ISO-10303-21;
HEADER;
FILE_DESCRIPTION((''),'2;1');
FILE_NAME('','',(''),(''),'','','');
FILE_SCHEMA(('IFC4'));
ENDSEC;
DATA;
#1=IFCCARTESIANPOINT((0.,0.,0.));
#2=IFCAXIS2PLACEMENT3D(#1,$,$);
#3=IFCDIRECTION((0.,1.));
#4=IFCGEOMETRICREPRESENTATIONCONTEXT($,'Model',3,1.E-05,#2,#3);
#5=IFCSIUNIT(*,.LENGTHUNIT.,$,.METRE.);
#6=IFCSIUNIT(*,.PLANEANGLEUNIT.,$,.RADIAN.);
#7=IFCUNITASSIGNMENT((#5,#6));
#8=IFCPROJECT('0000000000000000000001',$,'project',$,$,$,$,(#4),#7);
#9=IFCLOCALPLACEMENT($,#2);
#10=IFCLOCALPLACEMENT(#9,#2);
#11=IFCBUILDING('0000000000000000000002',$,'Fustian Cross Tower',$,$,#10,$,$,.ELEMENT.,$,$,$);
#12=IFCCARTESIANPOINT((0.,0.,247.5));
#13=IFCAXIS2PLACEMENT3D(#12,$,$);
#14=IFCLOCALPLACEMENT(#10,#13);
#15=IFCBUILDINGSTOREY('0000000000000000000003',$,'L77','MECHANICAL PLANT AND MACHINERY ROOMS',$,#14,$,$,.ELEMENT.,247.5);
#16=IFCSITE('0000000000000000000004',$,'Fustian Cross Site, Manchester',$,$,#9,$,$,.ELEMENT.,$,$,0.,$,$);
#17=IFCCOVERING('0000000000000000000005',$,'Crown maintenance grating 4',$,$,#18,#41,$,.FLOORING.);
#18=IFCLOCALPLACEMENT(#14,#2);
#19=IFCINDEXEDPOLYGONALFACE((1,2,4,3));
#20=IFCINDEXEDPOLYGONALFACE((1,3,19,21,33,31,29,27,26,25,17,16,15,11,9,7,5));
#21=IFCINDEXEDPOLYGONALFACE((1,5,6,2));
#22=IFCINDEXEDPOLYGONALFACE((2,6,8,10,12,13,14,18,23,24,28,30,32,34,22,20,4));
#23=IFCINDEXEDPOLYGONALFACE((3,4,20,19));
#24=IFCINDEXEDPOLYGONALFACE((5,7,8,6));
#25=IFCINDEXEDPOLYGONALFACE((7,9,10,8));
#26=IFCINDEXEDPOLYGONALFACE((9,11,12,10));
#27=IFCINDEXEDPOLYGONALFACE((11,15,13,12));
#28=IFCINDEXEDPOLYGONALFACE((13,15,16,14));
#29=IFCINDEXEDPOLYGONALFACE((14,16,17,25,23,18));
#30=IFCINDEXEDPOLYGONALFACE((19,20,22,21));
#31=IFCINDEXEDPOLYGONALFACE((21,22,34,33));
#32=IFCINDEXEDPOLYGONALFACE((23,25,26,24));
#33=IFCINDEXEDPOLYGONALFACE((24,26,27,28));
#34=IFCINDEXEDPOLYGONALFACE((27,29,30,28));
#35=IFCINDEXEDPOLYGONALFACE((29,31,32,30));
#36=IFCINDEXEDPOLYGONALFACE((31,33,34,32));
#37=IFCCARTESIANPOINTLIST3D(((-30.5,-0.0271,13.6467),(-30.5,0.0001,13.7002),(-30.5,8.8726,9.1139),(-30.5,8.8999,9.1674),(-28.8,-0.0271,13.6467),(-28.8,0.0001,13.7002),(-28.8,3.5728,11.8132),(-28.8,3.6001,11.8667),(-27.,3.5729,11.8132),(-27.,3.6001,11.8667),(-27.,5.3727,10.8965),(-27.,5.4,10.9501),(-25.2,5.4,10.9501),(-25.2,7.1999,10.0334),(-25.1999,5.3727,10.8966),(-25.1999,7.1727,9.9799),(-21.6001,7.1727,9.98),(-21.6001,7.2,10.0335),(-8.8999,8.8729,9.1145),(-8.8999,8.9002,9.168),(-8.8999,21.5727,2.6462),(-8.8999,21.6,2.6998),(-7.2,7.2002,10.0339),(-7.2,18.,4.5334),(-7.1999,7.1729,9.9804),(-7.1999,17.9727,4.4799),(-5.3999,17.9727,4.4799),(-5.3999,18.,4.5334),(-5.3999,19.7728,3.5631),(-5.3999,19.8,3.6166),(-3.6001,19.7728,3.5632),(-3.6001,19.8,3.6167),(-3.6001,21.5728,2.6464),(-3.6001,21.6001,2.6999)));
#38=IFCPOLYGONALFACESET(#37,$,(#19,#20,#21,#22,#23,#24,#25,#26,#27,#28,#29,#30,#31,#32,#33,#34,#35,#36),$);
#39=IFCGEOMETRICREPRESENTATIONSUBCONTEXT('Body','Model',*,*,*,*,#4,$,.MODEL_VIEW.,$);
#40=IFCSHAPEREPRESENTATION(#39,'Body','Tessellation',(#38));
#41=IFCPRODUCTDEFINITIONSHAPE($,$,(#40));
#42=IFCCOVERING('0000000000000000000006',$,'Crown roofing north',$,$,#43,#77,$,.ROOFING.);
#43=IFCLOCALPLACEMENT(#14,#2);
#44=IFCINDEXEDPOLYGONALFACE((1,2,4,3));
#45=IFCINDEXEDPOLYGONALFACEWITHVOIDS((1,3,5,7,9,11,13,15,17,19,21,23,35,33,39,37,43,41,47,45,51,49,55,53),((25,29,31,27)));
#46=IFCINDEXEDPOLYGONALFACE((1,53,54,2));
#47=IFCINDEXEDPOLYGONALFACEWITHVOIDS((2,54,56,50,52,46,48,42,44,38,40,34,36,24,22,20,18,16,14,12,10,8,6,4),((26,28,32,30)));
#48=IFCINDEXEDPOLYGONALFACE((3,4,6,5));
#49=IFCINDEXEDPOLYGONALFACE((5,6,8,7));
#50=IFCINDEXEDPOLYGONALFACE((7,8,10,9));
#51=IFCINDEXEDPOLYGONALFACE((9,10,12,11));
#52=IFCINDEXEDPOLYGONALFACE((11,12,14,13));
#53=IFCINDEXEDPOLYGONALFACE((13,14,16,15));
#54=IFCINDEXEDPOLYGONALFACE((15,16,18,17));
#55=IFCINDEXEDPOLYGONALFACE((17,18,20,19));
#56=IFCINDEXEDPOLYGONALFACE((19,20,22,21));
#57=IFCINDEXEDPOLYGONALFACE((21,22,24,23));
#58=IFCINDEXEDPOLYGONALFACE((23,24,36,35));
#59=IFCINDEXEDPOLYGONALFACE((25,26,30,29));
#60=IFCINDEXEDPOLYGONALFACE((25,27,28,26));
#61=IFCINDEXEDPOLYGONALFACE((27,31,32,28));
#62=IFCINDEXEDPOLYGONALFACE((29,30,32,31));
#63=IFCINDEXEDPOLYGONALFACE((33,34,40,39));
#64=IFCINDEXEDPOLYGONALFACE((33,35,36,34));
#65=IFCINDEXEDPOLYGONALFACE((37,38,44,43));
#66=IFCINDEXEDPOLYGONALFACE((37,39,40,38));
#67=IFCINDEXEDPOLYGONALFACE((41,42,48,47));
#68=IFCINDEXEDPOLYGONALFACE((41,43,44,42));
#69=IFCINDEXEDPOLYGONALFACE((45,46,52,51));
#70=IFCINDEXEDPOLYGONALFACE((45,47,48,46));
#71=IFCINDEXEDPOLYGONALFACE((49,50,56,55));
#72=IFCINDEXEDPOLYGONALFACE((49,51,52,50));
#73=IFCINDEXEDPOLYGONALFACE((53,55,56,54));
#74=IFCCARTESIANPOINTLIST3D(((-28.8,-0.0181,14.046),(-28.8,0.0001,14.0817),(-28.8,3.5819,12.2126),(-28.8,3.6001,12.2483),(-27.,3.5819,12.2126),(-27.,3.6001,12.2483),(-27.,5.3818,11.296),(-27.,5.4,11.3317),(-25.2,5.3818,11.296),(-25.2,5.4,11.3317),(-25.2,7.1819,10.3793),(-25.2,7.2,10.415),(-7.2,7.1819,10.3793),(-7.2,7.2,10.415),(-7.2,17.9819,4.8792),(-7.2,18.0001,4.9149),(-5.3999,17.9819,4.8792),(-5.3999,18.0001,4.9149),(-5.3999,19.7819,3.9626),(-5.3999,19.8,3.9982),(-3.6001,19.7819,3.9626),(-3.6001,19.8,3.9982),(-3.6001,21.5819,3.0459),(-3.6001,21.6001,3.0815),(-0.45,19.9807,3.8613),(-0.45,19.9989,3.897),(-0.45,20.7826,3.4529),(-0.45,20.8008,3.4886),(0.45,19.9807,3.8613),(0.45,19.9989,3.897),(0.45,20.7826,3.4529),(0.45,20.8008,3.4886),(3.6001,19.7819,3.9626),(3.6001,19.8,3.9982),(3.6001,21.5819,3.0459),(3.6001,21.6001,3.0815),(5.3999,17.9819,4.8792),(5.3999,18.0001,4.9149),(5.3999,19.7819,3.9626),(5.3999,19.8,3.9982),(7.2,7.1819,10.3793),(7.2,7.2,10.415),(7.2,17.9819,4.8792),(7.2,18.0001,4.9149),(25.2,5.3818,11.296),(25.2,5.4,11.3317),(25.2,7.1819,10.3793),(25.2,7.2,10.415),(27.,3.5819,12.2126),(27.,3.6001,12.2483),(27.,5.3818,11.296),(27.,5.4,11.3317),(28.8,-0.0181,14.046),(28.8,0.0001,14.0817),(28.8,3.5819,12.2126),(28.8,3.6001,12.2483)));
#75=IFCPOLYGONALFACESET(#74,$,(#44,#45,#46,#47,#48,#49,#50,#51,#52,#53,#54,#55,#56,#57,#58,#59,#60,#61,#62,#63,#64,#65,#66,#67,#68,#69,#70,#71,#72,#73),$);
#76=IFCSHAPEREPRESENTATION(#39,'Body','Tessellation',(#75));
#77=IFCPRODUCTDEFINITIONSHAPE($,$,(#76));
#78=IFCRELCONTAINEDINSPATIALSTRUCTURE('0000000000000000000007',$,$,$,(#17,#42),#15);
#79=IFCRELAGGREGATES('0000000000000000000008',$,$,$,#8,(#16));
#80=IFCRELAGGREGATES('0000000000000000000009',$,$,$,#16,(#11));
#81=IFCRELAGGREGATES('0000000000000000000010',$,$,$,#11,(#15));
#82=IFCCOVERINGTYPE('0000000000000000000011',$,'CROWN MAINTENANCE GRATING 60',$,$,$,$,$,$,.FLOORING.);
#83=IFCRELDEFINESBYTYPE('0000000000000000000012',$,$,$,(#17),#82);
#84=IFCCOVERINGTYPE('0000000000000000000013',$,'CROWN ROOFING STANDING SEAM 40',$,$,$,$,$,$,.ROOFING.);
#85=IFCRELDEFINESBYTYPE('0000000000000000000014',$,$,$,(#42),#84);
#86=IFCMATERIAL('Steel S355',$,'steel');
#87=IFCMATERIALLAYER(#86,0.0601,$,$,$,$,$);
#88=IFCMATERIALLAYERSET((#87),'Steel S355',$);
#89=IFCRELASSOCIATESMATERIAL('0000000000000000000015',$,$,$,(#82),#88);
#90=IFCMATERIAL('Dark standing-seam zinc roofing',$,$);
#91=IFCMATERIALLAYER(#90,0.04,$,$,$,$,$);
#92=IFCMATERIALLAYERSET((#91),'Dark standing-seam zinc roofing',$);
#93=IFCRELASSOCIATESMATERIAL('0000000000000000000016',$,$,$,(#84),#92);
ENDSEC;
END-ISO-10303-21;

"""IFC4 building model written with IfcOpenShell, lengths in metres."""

from ifc_helpers import new_model, si_unit, direction, frame, frame_2d, origin, place, context, subcontext, project, spatial, polyline, rectangle, outline, extrude, material, layer, layer_set, type_object, element, save


model = new_model("IFC4")

# Units and contexts
model_context = context("Model", 3, precision=1e-05, world=origin(), true_north=direction((0.0, 1.0)))
body_context = subcontext(model_context, "Body", "Model", "MODEL_VIEW")
ifc_project = project(units=[si_unit("LENGTHUNIT", "METRE"), si_unit("PLANEANGLEUNIT", "RADIAN")], contexts=[model_context])

# Site, building, storey
site_placement = place(None, origin())
site = spatial("IfcSite", under=ifc_project, at=site_placement, Name="Fustian Cross Site, Manchester", CompositionType="ELEMENT", RefElevation=0.0)
building_placement = place(site_placement, origin())
building = spatial("IfcBuilding", under=site, at=building_placement, Name="Fustian Cross Tower", CompositionType="ELEMENT")
storey_placement = place(building_placement, frame((0.0, 0.0, 247.5)))
storey = spatial("IfcBuildingStorey", under=building, at=storey_placement, Name="L77", Description="MECHANICAL PLANT AND MACHINERY ROOMS", CompositionType="ELEMENT", Elevation=247.5)

# Covering
ifc_material_1 = material(Name="Steel S355", Category="steel")
ifc_layer_1 = layer(ifc_material_1, 0.0601)
ifc_layer_set_1 = layer_set([ifc_layer_1], Name="Steel S355")
covering_type_1 = type_object("IfcCoveringType", Name="CROWN MAINTENANCE GRATING 60", PredefinedType="FLOORING", material=ifc_layer_set_1)
covering_1_placement = place(storey_placement, frame((-28.8, 3.6001, 11.8667), z_axis=(-0.000032, 0.453842, 0.891082), x_axis=(1.0, 0.000014, 0.000028)))
element("IfcCovering", 1, at=covering_1_placement, inside=storey, type_object=covering_type_1, Name="Crown maintenance grating 4", PredefinedType="FLOORING", context=body_context, shape_type="SweptSolid", body=[
    extrude(outline(polyline([(0.0, 0.0), (1.8, 0.0), (1.8, 2.0198), (3.6001, 2.0198), (3.6001, 4.0398), (7.2, 4.0398), (21.6001, 4.0398), (21.6001, 16.1596), (23.4001, 16.1596), (23.4001, 18.1797), (25.2, 18.1797), (25.2, 20.1997), (19.9001, 20.1997), (19.9001, 5.9476), (-1.7, 5.9476), (-1.7, -4.04), (0.0, -4.04), (0.0, 0.0)])), origin(), (0.0, 0.0, -1.0), 0.0601),
])

# Covering, opening
ifc_material_2 = material(Name="Dark standing-seam zinc roofing")
ifc_layer_2 = layer(ifc_material_2, 0.04)
ifc_layer_set_2 = layer_set([ifc_layer_2], Name="Dark standing-seam zinc roofing")
covering_type_2 = type_object("IfcCoveringType", Name="CROWN ROOFING STANDING SEAM 40", PredefinedType="ROOFING", material=ifc_layer_set_2)
covering_2_placement = place(storey_placement, frame((-28.8, 3.6001, 12.2483), z_axis=(0.0, 0.453806, 0.891101), x_axis=(0.0, -0.891101, 0.453806)))
covering_2 = element("IfcCovering", 2, at=covering_2_placement, inside=storey, type_object=covering_type_2, Name="Crown roofing north", PredefinedType="ROOFING", context=body_context, shape_type="SweptSolid", body=[
    extrude(outline(polyline([(0.0, 0.0), (4.04, 0.0), (4.04, 57.6001), (0.0, 57.6001), (0.0, 55.8), (-2.0198, 55.8), (-2.0198, 54.0), (-4.0399, 54.0), (-4.0399, 50.4001), (-4.0399, 36.0), (-16.1597, 36.0), (-16.1597, 34.2), (-18.1797, 34.2), (-18.1797, 32.4001), (-20.1997, 32.4001), (-20.1997, 25.2), (-18.1797, 25.2), (-18.1797, 23.4001), (-16.1597, 23.4001), (-16.1597, 21.6001), (-4.0399, 21.6001), (-4.0399, 7.2), (-4.0399, 3.6001), (-2.0198, 3.6001), (-2.0198, 1.8), (0.0, 1.8), (0.0, 0.0)])), origin(), (0.0, 0.0, -1.0), 0.04),
])
opening_placement = place(covering_2_placement, frame((-18.8528, 28.8, 0.02)))
element("IfcOpeningElement", 3, at=opening_placement, cuts=covering_2, PredefinedType="OPENING", context=body_context, shape_type="SweptSolid", body=[
    extrude(rectangle(XDim=0.8999, YDim=0.8999, at=frame_2d((0.0, 0.0), x_axis=(0.0, 1.0))), origin(), (0.0, 0.0, -1.0), 0.0801),
])

save(model, "model.ifc")
